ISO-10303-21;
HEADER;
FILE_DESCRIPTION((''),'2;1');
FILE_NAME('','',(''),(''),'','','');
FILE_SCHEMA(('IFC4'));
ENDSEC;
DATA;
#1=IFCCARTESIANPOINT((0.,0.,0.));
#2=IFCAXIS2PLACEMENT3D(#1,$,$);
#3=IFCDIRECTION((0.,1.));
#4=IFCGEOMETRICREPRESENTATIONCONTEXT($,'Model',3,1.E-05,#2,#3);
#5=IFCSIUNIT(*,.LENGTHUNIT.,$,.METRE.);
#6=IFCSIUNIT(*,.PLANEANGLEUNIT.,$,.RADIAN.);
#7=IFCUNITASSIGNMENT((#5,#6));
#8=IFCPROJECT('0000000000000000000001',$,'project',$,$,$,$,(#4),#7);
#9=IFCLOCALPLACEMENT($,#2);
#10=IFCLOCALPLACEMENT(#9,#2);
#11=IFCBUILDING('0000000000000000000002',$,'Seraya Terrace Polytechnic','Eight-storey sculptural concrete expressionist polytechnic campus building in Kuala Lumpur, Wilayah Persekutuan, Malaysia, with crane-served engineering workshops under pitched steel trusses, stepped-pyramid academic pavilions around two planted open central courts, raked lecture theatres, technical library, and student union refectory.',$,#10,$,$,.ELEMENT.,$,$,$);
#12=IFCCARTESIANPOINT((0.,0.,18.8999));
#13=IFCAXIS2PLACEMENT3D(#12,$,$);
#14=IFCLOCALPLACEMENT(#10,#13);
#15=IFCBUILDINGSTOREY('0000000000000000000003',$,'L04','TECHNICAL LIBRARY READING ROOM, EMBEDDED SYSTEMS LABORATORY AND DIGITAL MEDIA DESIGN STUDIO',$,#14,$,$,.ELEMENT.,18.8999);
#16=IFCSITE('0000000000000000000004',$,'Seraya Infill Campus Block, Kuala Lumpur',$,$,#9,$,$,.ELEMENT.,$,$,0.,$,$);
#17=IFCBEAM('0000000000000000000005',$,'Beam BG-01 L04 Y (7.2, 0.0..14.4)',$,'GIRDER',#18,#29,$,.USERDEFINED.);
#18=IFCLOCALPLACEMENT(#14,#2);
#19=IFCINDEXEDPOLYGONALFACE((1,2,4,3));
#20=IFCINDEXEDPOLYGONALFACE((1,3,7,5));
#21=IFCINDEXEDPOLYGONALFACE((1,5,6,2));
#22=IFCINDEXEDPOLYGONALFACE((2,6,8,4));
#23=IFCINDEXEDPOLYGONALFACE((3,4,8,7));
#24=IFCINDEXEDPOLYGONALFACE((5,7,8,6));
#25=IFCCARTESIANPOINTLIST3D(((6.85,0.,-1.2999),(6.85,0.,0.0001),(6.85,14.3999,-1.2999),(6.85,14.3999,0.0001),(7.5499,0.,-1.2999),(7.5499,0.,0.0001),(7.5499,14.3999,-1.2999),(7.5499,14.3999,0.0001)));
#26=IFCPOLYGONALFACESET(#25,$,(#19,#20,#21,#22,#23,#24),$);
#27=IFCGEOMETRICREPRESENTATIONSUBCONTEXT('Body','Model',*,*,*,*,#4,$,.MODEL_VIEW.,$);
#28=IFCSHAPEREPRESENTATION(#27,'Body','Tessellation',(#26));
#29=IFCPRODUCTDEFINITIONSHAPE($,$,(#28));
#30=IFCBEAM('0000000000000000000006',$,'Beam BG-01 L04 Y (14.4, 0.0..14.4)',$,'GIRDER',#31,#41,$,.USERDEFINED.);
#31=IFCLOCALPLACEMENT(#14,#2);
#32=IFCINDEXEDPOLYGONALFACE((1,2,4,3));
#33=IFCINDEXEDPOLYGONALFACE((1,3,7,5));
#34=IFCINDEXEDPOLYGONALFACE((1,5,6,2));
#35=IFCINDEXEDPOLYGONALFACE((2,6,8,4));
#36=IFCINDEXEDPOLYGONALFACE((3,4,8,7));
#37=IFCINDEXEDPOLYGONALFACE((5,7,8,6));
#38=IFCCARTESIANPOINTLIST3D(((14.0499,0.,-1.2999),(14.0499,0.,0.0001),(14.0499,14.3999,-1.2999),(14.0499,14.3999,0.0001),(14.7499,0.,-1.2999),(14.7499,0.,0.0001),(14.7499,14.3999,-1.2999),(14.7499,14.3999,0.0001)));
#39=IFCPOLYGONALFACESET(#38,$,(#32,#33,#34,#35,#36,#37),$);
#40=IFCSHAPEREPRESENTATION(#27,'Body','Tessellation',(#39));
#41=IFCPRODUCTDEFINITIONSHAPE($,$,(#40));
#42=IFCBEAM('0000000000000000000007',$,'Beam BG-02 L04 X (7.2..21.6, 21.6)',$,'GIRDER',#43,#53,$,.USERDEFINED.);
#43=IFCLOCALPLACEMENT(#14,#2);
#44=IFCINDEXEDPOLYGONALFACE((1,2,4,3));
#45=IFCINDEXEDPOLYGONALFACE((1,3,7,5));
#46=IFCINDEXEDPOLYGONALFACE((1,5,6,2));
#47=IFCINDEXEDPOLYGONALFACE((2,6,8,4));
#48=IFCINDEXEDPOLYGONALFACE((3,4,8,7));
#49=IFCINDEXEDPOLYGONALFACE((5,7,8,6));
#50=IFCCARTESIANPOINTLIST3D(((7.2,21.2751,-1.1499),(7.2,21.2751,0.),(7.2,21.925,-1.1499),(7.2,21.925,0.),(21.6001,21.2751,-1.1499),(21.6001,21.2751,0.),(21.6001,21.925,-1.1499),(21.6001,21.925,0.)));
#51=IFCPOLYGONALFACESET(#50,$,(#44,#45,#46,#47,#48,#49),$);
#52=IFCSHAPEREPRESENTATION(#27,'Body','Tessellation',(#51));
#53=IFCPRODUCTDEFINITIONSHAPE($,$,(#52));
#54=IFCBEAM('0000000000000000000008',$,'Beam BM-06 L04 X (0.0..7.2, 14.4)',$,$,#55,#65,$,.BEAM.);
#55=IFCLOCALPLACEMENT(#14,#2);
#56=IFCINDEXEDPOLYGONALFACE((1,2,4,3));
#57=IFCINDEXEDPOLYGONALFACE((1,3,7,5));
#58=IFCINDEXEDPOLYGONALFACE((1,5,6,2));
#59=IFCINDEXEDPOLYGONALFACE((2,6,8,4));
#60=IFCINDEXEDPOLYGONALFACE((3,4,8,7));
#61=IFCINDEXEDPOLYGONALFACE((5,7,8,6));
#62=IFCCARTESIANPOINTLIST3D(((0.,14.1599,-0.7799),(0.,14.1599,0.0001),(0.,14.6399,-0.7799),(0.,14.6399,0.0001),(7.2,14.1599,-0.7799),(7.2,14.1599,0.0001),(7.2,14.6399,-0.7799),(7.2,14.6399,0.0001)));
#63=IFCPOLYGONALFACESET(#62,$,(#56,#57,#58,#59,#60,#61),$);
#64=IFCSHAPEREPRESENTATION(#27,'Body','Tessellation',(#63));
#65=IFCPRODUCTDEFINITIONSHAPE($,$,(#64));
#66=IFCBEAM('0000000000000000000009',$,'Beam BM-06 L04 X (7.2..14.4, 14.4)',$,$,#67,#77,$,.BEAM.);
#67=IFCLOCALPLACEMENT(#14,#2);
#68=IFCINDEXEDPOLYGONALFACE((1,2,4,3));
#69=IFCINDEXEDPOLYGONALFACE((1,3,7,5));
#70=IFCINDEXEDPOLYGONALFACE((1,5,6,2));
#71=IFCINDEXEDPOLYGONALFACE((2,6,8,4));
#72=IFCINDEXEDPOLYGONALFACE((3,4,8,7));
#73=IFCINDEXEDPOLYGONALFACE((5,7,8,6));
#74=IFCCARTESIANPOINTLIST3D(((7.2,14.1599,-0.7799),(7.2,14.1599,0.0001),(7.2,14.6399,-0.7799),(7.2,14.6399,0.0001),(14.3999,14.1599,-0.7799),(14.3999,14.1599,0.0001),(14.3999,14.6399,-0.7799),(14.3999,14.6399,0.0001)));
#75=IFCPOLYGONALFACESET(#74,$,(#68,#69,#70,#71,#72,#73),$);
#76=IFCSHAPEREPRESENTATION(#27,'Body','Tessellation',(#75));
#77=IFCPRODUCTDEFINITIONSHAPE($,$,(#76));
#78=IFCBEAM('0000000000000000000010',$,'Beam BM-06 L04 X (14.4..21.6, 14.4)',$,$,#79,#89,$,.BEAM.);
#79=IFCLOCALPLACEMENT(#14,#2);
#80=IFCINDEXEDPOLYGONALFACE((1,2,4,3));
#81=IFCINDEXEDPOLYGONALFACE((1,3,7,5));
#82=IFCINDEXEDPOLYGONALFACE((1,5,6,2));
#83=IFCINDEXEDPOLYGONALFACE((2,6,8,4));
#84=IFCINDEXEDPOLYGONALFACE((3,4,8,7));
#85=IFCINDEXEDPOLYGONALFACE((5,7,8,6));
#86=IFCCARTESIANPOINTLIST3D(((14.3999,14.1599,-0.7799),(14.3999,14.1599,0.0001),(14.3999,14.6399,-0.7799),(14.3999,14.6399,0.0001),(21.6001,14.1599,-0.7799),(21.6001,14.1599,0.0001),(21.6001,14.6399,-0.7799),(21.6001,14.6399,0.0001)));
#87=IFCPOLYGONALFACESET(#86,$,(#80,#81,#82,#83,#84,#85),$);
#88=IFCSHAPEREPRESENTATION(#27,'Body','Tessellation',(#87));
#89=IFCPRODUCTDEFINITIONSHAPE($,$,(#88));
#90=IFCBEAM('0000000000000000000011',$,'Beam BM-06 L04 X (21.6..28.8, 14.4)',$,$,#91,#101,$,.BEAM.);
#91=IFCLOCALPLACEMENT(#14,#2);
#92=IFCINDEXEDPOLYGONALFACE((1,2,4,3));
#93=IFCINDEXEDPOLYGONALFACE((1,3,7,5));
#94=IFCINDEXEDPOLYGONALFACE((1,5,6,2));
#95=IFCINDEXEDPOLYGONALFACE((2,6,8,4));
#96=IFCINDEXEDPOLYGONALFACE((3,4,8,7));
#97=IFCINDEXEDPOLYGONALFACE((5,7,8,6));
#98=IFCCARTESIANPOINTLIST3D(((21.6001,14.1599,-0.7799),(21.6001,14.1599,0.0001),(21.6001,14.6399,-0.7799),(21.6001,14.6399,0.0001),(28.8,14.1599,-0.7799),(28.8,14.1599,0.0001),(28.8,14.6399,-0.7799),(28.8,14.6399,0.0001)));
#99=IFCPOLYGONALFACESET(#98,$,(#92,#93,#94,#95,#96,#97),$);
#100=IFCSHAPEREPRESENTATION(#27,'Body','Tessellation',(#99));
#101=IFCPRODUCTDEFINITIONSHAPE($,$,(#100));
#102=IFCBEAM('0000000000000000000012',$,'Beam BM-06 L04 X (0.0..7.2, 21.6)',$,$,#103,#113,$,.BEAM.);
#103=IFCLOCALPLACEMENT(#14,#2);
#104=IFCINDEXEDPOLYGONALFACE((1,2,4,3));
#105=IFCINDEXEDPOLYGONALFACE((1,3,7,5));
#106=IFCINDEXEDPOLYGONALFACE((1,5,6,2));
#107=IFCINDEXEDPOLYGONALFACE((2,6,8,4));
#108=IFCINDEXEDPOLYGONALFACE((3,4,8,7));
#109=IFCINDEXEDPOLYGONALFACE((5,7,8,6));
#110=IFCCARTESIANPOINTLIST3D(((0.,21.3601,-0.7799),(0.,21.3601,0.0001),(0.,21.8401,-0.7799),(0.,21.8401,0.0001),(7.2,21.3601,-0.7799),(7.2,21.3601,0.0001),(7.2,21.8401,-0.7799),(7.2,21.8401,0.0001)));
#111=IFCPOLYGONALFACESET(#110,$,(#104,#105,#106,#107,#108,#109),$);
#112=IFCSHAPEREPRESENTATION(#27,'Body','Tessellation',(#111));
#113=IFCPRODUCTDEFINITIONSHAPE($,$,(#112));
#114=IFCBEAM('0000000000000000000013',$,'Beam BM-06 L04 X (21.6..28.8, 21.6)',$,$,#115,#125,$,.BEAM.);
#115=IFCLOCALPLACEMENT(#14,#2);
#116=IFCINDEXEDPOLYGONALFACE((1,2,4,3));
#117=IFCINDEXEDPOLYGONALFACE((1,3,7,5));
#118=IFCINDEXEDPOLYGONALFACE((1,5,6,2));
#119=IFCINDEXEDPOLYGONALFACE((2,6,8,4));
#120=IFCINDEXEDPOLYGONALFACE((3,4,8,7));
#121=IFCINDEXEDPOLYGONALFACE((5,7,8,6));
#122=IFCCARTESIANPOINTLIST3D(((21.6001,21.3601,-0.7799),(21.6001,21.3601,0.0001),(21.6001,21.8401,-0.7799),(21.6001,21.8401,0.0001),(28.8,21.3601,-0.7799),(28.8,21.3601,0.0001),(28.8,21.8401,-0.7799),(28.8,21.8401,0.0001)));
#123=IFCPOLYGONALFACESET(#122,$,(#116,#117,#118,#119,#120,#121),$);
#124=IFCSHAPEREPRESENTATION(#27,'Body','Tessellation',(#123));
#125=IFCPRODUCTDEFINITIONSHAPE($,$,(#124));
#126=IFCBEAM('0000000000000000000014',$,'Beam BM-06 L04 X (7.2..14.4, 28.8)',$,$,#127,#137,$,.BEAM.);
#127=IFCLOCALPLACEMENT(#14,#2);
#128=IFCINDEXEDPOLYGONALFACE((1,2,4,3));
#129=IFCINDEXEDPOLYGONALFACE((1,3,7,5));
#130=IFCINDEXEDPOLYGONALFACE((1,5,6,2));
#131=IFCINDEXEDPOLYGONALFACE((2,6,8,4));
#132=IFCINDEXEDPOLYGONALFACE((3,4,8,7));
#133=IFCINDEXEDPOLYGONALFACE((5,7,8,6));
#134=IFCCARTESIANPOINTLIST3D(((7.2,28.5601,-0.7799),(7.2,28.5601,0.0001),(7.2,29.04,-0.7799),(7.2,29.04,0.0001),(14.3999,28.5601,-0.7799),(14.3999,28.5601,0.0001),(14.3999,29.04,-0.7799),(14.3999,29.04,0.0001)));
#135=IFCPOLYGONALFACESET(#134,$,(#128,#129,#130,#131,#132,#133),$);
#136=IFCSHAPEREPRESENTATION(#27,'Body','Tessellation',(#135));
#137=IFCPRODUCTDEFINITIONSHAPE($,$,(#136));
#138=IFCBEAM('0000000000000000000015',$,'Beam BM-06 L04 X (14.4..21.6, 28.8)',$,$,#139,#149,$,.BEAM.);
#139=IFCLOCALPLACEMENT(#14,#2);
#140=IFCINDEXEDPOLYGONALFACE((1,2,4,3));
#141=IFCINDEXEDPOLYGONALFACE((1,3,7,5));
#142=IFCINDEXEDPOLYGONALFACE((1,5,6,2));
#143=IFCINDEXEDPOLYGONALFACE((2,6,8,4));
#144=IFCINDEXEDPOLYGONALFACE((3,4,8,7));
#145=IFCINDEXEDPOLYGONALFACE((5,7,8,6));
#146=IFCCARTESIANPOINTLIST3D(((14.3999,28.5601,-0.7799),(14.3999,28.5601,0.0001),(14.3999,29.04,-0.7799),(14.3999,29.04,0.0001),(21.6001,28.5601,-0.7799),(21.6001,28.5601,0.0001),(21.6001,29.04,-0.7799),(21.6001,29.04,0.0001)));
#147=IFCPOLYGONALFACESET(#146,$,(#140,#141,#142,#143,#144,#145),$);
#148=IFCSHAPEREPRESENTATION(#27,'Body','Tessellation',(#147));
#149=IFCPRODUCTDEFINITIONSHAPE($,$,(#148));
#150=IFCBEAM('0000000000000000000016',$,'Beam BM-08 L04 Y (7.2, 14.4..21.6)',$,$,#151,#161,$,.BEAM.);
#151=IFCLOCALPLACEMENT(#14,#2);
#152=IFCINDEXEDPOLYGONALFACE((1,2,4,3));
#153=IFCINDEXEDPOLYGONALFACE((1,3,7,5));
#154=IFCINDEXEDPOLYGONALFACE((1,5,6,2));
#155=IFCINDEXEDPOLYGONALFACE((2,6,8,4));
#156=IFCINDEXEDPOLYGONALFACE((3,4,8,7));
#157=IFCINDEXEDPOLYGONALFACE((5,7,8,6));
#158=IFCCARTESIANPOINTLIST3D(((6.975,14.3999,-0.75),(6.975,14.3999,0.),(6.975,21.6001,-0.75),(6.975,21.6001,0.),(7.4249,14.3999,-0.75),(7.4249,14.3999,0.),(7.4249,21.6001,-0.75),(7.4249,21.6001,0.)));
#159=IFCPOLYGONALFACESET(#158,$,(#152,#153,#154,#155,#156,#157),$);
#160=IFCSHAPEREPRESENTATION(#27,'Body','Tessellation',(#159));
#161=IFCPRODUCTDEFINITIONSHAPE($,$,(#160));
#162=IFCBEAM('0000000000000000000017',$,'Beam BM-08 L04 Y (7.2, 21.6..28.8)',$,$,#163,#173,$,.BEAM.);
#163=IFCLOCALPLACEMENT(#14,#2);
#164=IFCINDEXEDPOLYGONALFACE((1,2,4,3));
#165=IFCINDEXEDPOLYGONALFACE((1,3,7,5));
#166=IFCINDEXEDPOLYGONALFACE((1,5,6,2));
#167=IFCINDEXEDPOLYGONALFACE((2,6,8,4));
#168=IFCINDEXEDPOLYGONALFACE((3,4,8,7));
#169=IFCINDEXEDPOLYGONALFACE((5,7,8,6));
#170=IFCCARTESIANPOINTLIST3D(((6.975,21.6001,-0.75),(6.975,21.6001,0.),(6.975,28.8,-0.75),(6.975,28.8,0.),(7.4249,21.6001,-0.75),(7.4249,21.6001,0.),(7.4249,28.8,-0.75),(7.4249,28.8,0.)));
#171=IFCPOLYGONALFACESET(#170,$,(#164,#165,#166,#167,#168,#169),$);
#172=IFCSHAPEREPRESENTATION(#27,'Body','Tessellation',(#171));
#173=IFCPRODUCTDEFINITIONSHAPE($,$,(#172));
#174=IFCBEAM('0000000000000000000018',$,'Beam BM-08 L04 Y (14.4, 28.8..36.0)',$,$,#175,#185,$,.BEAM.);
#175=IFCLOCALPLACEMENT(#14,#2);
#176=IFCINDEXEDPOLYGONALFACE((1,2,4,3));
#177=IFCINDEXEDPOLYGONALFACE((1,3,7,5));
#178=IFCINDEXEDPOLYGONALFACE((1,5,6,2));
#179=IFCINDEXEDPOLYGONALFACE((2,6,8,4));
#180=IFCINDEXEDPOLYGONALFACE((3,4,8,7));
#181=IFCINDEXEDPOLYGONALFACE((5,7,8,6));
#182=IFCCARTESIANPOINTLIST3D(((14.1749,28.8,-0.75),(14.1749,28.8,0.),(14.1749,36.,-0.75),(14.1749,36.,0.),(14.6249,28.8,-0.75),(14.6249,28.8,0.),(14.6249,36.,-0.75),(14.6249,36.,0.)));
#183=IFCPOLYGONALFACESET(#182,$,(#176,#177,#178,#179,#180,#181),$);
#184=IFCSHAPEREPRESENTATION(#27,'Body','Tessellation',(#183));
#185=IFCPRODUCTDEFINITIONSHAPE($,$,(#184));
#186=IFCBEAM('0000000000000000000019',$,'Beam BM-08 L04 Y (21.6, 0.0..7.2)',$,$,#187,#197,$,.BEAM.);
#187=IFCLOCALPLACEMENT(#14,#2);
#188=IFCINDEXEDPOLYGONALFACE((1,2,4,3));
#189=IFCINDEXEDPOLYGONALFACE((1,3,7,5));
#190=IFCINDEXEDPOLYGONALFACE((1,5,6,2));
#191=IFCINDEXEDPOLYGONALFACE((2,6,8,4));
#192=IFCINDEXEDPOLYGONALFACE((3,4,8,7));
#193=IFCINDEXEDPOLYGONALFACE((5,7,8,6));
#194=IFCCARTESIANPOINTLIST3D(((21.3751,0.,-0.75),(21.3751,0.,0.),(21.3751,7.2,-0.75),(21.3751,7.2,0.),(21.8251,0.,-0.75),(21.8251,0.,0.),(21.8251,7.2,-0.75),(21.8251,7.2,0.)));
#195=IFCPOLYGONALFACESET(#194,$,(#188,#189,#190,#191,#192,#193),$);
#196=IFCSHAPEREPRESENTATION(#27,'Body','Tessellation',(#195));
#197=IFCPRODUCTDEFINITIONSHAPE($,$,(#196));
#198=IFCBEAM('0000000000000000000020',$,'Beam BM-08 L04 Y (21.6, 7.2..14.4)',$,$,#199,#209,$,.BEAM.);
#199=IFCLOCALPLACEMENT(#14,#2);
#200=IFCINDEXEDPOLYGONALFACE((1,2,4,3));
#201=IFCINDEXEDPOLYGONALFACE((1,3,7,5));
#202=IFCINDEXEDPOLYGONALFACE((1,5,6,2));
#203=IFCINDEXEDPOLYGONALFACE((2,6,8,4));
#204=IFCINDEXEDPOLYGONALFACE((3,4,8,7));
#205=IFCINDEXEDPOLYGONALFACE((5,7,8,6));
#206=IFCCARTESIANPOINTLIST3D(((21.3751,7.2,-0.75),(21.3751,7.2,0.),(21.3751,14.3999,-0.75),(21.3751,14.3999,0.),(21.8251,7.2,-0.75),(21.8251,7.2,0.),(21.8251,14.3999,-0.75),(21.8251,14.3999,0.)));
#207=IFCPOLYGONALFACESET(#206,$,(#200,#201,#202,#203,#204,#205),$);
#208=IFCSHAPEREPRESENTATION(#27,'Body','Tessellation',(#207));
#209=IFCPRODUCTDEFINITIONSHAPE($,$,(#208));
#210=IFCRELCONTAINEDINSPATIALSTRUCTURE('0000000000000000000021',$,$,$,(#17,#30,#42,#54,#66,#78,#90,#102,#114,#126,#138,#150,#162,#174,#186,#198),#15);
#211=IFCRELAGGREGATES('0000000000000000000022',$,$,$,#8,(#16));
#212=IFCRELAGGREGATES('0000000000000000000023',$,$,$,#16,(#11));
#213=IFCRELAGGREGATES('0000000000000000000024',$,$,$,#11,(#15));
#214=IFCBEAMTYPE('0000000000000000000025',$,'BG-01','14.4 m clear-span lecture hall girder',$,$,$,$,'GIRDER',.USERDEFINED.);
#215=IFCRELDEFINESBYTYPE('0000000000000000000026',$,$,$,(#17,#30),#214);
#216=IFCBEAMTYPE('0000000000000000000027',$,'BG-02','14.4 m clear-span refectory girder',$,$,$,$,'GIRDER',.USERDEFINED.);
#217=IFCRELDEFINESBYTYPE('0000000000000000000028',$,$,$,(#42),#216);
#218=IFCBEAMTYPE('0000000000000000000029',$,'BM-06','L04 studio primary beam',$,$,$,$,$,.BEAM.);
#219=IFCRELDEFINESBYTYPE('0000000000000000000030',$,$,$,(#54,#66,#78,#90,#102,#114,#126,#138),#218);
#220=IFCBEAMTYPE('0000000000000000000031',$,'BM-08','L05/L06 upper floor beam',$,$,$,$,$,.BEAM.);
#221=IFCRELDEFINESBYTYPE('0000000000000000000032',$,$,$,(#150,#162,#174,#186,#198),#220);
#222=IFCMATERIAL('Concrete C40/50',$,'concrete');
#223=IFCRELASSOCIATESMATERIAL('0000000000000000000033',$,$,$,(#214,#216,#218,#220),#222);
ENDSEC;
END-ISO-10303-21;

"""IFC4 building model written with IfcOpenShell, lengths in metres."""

from ifc_helpers import new_model, si_unit, direction, frame, origin, origin_2d, place, context, subcontext, project, spatial, rectangle, extrude, material, material_profile, profile_set, type_object, element, save


model = new_model("IFC4")

# Units and contexts
model_context = context("Model", 3, precision=1e-05, world=origin(), true_north=direction((0.0, 1.0)))
body_context = subcontext(model_context, "Body", "Model", "MODEL_VIEW")
ifc_project = project(units=[si_unit("LENGTHUNIT", "METRE"), si_unit("PLANEANGLEUNIT", "RADIAN")], contexts=[model_context])

# Site, building, storey
site_placement = place(None, origin())
site = spatial("IfcSite", under=ifc_project, at=site_placement, Name="Seraya Infill Campus Block, Kuala Lumpur", CompositionType="ELEMENT", RefElevation=0.0)
building_placement = place(site_placement, origin())
building = spatial("IfcBuilding", under=site, at=building_placement, Name="Seraya Terrace Polytechnic", Description="Eight-storey sculptural concrete expressionist polytechnic campus building in Kuala Lumpur, Wilayah Persekutuan, Malaysia, with crane-served engineering workshops under pitched steel trusses, stepped-pyramid academic pavilions around two planted open central courts, raked lecture theatres, technical library, and student union refectory.", CompositionType="ELEMENT")
storey_placement = place(building_placement, frame((0.0, 0.0, 18.8999)))
storey = spatial("IfcBuildingStorey", under=building, at=storey_placement, Name="L04", Description="TECHNICAL LIBRARY READING ROOM, EMBEDDED SYSTEMS LABORATORY AND DIGITAL MEDIA DESIGN STUDIO", CompositionType="ELEMENT", Elevation=18.8999)

# Beams
ifc_material = material(Name="Concrete C40/50", Category="concrete")
ifc_material_profile_1 = material_profile(ifc_material, rectangle(XDim=0.7, YDim=1.3, at=origin_2d()), Name="RC 700x1300")
ifc_profile_set_1 = profile_set([ifc_material_profile_1], Name="Concrete C40/50")
beam_type_1 = type_object("IfcBeamType", Name="BG-01", Description="14.4 m clear-span lecture hall girder", ElementType="GIRDER", PredefinedType="USERDEFINED", material=ifc_profile_set_1)
for number, where, z_axis, x_axis, name in (
    (1, (7.2, 0.0, -0.6499), (0.0, 1.0, 0.0), (-1.0, 0.0, 0.0), "Beam BG-01 L04 Y (7.2, 0.0..14.4)"),
    (2, (14.3999, 0.0, -0.6499), (0.0, 1.0, 0.0), (-1.0, 0.0, 0.0), "Beam BG-01 L04 Y (14.4, 0.0..14.4)"),
):
    element("IfcBeam", number, at=place(storey_placement, frame(where, z_axis=z_axis, x_axis=x_axis)), inside=storey, type_object=beam_type_1, Name=name, ObjectType="GIRDER", PredefinedType="USERDEFINED", context=body_context, shape_type="SweptSolid", body=[
        extrude(rectangle(XDim=0.7, YDim=1.3, at=origin_2d()), origin(), (0.0, 0.0, 1.0), 14.3999),
    ])
ifc_material_profile_2 = material_profile(ifc_material, rectangle(XDim=0.6499, YDim=1.1499, at=origin_2d()), Name="RC 650x1150")
ifc_profile_set_2 = profile_set([ifc_material_profile_2], Name="Concrete C40/50")
beam_type_2 = type_object("IfcBeamType", Name="BG-02", Description="14.4 m clear-span refectory girder", ElementType="GIRDER", PredefinedType="USERDEFINED", material=ifc_profile_set_2)
beam_1_placement = place(storey_placement, frame((7.2, 21.6001, -0.575), z_axis=(1.0, 0.0, 0.0), x_axis=(0.0, 1.0, 0.0)))
element("IfcBeam", 3, at=beam_1_placement, inside=storey, type_object=beam_type_2, Name="Beam BG-02 L04 X (7.2..21.6, 21.6)", ObjectType="GIRDER", PredefinedType="USERDEFINED", context=body_context, shape_type="SweptSolid", body=[
    extrude(rectangle(XDim=0.6499, YDim=1.1499, at=origin_2d()), origin(), (0.0, 0.0, 1.0), 14.4001),
])
ifc_material_profile_3 = material_profile(ifc_material, rectangle(XDim=0.48, YDim=0.78, at=origin_2d()), Name="RC 480x780")
ifc_profile_set_3 = profile_set([ifc_material_profile_3], Name="Concrete C40/50")
beam_type_3 = type_object("IfcBeamType", Name="BM-06", Description="L04 studio primary beam", PredefinedType="BEAM", material=ifc_profile_set_3)
for number, where, z_axis, x_axis, name in (
    (4, (0.0, 14.3999, -0.3899), (1.0, 0.0, 0.0), (0.0, 1.0, 0.0), "Beam BM-06 L04 X (0.0..7.2, 14.4)"),
    (5, (7.2, 14.3999, -0.3899), (1.0, 0.0, 0.0), (0.0, 1.0, 0.0), "Beam BM-06 L04 X (7.2..14.4, 14.4)"),
):
    element("IfcBeam", number, at=place(storey_placement, frame(where, z_axis=z_axis, x_axis=x_axis)), inside=storey, type_object=beam_type_3, Name=name, PredefinedType="BEAM", context=body_context, shape_type="SweptSolid", body=[
        extrude(rectangle(XDim=0.48, YDim=0.78, at=origin_2d()), origin(), (0.0, 0.0, 1.0), 7.2),
    ])
beam_2_placement = place(storey_placement, frame((14.3999, 14.3999, -0.3899), z_axis=(1.0, 0.0, 0.0), x_axis=(0.0, 1.0, 0.0)))
element("IfcBeam", 6, at=beam_2_placement, inside=storey, type_object=beam_type_3, Name="Beam BM-06 L04 X (14.4..21.6, 14.4)", PredefinedType="BEAM", context=body_context, shape_type="SweptSolid", body=[
    extrude(rectangle(XDim=0.48, YDim=0.78, at=origin_2d()), origin(), (0.0, 0.0, 1.0), 7.2002),
])
for number, where, z_axis, x_axis, name in (
    (7, (21.6001, 14.3999, -0.3899), (1.0, 0.0, 0.0), (0.0, 1.0, 0.0), "Beam BM-06 L04 X (21.6..28.8, 14.4)"),
    (8, (0.0, 21.6001, -0.3899), (1.0, 0.0, 0.0), (0.0, 1.0, 0.0), "Beam BM-06 L04 X (0.0..7.2, 21.6)"),
    (9, (21.6001, 21.6001, -0.3899), (1.0, 0.0, 0.0), (0.0, 1.0, 0.0), "Beam BM-06 L04 X (21.6..28.8, 21.6)"),
    (10, (7.2, 28.8, -0.3899), (1.0, 0.0, 0.0), (0.0, 1.0, 0.0), "Beam BM-06 L04 X (7.2..14.4, 28.8)"),
):
    element("IfcBeam", number, at=place(storey_placement, frame(where, z_axis=z_axis, x_axis=x_axis)), inside=storey, type_object=beam_type_3, Name=name, PredefinedType="BEAM", context=body_context, shape_type="SweptSolid", body=[
        extrude(rectangle(XDim=0.48, YDim=0.78, at=origin_2d()), origin(), (0.0, 0.0, 1.0), 7.2),
    ])
beam_3_placement = place(storey_placement, frame((14.3999, 28.8, -0.3899), z_axis=(1.0, 0.0, 0.0), x_axis=(0.0, 1.0, 0.0)))
element("IfcBeam", 11, at=beam_3_placement, inside=storey, type_object=beam_type_3, Name="Beam BM-06 L04 X (14.4..21.6, 28.8)", PredefinedType="BEAM", context=body_context, shape_type="SweptSolid", body=[
    extrude(rectangle(XDim=0.48, YDim=0.78, at=origin_2d()), origin(), (0.0, 0.0, 1.0), 7.2002),
])
ifc_material_profile_4 = material_profile(ifc_material, rectangle(XDim=0.45, YDim=0.75, at=origin_2d()), Name="RC 450x750")
ifc_profile_set_4 = profile_set([ifc_material_profile_4], Name="Concrete C40/50")
beam_type_4 = type_object("IfcBeamType", Name="BM-08", Description="L05/L06 upper floor beam", PredefinedType="BEAM", material=ifc_profile_set_4)
beam_4_placement = place(storey_placement, frame((7.2, 14.3999, -0.375), z_axis=(0.0, 1.0, 0.0), x_axis=(-1.0, 0.0, 0.0)))
element("IfcBeam", 12, at=beam_4_placement, inside=storey, type_object=beam_type_4, Name="Beam BM-08 L04 Y (7.2, 14.4..21.6)", PredefinedType="BEAM", context=body_context, shape_type="SweptSolid", body=[
    extrude(rectangle(XDim=0.45, YDim=0.75, at=origin_2d()), origin(), (0.0, 0.0, 1.0), 7.2002),
])
for number, where, z_axis, x_axis, name in (
    (13, (7.2, 21.6001, -0.375), (0.0, 1.0, 0.0), (-1.0, 0.0, 0.0), "Beam BM-08 L04 Y (7.2, 21.6..28.8)"),
    (14, (14.3999, 28.8, -0.375), (0.0, 1.0, 0.0), (-1.0, 0.0, 0.0), "Beam BM-08 L04 Y (14.4, 28.8..36.0)"),
    (15, (21.6001, 0.0, -0.375), (0.0, 1.0, 0.0), (-1.0, 0.0, 0.0), "Beam BM-08 L04 Y (21.6, 0.0..7.2)"),
    (16, (21.6001, 7.2, -0.375), (0.0, 1.0, 0.0), (-1.0, 0.0, 0.0), "Beam BM-08 L04 Y (21.6, 7.2..14.4)"),
):
    element("IfcBeam", number, at=place(storey_placement, frame(where, z_axis=z_axis, x_axis=x_axis)), inside=storey, type_object=beam_type_4, Name=name, PredefinedType="BEAM", context=body_context, shape_type="SweptSolid", body=[
        extrude(rectangle(XDim=0.45, YDim=0.75, at=origin_2d()), origin(), (0.0, 0.0, 1.0), 7.2),
    ])

save(model, "model.ifc")
